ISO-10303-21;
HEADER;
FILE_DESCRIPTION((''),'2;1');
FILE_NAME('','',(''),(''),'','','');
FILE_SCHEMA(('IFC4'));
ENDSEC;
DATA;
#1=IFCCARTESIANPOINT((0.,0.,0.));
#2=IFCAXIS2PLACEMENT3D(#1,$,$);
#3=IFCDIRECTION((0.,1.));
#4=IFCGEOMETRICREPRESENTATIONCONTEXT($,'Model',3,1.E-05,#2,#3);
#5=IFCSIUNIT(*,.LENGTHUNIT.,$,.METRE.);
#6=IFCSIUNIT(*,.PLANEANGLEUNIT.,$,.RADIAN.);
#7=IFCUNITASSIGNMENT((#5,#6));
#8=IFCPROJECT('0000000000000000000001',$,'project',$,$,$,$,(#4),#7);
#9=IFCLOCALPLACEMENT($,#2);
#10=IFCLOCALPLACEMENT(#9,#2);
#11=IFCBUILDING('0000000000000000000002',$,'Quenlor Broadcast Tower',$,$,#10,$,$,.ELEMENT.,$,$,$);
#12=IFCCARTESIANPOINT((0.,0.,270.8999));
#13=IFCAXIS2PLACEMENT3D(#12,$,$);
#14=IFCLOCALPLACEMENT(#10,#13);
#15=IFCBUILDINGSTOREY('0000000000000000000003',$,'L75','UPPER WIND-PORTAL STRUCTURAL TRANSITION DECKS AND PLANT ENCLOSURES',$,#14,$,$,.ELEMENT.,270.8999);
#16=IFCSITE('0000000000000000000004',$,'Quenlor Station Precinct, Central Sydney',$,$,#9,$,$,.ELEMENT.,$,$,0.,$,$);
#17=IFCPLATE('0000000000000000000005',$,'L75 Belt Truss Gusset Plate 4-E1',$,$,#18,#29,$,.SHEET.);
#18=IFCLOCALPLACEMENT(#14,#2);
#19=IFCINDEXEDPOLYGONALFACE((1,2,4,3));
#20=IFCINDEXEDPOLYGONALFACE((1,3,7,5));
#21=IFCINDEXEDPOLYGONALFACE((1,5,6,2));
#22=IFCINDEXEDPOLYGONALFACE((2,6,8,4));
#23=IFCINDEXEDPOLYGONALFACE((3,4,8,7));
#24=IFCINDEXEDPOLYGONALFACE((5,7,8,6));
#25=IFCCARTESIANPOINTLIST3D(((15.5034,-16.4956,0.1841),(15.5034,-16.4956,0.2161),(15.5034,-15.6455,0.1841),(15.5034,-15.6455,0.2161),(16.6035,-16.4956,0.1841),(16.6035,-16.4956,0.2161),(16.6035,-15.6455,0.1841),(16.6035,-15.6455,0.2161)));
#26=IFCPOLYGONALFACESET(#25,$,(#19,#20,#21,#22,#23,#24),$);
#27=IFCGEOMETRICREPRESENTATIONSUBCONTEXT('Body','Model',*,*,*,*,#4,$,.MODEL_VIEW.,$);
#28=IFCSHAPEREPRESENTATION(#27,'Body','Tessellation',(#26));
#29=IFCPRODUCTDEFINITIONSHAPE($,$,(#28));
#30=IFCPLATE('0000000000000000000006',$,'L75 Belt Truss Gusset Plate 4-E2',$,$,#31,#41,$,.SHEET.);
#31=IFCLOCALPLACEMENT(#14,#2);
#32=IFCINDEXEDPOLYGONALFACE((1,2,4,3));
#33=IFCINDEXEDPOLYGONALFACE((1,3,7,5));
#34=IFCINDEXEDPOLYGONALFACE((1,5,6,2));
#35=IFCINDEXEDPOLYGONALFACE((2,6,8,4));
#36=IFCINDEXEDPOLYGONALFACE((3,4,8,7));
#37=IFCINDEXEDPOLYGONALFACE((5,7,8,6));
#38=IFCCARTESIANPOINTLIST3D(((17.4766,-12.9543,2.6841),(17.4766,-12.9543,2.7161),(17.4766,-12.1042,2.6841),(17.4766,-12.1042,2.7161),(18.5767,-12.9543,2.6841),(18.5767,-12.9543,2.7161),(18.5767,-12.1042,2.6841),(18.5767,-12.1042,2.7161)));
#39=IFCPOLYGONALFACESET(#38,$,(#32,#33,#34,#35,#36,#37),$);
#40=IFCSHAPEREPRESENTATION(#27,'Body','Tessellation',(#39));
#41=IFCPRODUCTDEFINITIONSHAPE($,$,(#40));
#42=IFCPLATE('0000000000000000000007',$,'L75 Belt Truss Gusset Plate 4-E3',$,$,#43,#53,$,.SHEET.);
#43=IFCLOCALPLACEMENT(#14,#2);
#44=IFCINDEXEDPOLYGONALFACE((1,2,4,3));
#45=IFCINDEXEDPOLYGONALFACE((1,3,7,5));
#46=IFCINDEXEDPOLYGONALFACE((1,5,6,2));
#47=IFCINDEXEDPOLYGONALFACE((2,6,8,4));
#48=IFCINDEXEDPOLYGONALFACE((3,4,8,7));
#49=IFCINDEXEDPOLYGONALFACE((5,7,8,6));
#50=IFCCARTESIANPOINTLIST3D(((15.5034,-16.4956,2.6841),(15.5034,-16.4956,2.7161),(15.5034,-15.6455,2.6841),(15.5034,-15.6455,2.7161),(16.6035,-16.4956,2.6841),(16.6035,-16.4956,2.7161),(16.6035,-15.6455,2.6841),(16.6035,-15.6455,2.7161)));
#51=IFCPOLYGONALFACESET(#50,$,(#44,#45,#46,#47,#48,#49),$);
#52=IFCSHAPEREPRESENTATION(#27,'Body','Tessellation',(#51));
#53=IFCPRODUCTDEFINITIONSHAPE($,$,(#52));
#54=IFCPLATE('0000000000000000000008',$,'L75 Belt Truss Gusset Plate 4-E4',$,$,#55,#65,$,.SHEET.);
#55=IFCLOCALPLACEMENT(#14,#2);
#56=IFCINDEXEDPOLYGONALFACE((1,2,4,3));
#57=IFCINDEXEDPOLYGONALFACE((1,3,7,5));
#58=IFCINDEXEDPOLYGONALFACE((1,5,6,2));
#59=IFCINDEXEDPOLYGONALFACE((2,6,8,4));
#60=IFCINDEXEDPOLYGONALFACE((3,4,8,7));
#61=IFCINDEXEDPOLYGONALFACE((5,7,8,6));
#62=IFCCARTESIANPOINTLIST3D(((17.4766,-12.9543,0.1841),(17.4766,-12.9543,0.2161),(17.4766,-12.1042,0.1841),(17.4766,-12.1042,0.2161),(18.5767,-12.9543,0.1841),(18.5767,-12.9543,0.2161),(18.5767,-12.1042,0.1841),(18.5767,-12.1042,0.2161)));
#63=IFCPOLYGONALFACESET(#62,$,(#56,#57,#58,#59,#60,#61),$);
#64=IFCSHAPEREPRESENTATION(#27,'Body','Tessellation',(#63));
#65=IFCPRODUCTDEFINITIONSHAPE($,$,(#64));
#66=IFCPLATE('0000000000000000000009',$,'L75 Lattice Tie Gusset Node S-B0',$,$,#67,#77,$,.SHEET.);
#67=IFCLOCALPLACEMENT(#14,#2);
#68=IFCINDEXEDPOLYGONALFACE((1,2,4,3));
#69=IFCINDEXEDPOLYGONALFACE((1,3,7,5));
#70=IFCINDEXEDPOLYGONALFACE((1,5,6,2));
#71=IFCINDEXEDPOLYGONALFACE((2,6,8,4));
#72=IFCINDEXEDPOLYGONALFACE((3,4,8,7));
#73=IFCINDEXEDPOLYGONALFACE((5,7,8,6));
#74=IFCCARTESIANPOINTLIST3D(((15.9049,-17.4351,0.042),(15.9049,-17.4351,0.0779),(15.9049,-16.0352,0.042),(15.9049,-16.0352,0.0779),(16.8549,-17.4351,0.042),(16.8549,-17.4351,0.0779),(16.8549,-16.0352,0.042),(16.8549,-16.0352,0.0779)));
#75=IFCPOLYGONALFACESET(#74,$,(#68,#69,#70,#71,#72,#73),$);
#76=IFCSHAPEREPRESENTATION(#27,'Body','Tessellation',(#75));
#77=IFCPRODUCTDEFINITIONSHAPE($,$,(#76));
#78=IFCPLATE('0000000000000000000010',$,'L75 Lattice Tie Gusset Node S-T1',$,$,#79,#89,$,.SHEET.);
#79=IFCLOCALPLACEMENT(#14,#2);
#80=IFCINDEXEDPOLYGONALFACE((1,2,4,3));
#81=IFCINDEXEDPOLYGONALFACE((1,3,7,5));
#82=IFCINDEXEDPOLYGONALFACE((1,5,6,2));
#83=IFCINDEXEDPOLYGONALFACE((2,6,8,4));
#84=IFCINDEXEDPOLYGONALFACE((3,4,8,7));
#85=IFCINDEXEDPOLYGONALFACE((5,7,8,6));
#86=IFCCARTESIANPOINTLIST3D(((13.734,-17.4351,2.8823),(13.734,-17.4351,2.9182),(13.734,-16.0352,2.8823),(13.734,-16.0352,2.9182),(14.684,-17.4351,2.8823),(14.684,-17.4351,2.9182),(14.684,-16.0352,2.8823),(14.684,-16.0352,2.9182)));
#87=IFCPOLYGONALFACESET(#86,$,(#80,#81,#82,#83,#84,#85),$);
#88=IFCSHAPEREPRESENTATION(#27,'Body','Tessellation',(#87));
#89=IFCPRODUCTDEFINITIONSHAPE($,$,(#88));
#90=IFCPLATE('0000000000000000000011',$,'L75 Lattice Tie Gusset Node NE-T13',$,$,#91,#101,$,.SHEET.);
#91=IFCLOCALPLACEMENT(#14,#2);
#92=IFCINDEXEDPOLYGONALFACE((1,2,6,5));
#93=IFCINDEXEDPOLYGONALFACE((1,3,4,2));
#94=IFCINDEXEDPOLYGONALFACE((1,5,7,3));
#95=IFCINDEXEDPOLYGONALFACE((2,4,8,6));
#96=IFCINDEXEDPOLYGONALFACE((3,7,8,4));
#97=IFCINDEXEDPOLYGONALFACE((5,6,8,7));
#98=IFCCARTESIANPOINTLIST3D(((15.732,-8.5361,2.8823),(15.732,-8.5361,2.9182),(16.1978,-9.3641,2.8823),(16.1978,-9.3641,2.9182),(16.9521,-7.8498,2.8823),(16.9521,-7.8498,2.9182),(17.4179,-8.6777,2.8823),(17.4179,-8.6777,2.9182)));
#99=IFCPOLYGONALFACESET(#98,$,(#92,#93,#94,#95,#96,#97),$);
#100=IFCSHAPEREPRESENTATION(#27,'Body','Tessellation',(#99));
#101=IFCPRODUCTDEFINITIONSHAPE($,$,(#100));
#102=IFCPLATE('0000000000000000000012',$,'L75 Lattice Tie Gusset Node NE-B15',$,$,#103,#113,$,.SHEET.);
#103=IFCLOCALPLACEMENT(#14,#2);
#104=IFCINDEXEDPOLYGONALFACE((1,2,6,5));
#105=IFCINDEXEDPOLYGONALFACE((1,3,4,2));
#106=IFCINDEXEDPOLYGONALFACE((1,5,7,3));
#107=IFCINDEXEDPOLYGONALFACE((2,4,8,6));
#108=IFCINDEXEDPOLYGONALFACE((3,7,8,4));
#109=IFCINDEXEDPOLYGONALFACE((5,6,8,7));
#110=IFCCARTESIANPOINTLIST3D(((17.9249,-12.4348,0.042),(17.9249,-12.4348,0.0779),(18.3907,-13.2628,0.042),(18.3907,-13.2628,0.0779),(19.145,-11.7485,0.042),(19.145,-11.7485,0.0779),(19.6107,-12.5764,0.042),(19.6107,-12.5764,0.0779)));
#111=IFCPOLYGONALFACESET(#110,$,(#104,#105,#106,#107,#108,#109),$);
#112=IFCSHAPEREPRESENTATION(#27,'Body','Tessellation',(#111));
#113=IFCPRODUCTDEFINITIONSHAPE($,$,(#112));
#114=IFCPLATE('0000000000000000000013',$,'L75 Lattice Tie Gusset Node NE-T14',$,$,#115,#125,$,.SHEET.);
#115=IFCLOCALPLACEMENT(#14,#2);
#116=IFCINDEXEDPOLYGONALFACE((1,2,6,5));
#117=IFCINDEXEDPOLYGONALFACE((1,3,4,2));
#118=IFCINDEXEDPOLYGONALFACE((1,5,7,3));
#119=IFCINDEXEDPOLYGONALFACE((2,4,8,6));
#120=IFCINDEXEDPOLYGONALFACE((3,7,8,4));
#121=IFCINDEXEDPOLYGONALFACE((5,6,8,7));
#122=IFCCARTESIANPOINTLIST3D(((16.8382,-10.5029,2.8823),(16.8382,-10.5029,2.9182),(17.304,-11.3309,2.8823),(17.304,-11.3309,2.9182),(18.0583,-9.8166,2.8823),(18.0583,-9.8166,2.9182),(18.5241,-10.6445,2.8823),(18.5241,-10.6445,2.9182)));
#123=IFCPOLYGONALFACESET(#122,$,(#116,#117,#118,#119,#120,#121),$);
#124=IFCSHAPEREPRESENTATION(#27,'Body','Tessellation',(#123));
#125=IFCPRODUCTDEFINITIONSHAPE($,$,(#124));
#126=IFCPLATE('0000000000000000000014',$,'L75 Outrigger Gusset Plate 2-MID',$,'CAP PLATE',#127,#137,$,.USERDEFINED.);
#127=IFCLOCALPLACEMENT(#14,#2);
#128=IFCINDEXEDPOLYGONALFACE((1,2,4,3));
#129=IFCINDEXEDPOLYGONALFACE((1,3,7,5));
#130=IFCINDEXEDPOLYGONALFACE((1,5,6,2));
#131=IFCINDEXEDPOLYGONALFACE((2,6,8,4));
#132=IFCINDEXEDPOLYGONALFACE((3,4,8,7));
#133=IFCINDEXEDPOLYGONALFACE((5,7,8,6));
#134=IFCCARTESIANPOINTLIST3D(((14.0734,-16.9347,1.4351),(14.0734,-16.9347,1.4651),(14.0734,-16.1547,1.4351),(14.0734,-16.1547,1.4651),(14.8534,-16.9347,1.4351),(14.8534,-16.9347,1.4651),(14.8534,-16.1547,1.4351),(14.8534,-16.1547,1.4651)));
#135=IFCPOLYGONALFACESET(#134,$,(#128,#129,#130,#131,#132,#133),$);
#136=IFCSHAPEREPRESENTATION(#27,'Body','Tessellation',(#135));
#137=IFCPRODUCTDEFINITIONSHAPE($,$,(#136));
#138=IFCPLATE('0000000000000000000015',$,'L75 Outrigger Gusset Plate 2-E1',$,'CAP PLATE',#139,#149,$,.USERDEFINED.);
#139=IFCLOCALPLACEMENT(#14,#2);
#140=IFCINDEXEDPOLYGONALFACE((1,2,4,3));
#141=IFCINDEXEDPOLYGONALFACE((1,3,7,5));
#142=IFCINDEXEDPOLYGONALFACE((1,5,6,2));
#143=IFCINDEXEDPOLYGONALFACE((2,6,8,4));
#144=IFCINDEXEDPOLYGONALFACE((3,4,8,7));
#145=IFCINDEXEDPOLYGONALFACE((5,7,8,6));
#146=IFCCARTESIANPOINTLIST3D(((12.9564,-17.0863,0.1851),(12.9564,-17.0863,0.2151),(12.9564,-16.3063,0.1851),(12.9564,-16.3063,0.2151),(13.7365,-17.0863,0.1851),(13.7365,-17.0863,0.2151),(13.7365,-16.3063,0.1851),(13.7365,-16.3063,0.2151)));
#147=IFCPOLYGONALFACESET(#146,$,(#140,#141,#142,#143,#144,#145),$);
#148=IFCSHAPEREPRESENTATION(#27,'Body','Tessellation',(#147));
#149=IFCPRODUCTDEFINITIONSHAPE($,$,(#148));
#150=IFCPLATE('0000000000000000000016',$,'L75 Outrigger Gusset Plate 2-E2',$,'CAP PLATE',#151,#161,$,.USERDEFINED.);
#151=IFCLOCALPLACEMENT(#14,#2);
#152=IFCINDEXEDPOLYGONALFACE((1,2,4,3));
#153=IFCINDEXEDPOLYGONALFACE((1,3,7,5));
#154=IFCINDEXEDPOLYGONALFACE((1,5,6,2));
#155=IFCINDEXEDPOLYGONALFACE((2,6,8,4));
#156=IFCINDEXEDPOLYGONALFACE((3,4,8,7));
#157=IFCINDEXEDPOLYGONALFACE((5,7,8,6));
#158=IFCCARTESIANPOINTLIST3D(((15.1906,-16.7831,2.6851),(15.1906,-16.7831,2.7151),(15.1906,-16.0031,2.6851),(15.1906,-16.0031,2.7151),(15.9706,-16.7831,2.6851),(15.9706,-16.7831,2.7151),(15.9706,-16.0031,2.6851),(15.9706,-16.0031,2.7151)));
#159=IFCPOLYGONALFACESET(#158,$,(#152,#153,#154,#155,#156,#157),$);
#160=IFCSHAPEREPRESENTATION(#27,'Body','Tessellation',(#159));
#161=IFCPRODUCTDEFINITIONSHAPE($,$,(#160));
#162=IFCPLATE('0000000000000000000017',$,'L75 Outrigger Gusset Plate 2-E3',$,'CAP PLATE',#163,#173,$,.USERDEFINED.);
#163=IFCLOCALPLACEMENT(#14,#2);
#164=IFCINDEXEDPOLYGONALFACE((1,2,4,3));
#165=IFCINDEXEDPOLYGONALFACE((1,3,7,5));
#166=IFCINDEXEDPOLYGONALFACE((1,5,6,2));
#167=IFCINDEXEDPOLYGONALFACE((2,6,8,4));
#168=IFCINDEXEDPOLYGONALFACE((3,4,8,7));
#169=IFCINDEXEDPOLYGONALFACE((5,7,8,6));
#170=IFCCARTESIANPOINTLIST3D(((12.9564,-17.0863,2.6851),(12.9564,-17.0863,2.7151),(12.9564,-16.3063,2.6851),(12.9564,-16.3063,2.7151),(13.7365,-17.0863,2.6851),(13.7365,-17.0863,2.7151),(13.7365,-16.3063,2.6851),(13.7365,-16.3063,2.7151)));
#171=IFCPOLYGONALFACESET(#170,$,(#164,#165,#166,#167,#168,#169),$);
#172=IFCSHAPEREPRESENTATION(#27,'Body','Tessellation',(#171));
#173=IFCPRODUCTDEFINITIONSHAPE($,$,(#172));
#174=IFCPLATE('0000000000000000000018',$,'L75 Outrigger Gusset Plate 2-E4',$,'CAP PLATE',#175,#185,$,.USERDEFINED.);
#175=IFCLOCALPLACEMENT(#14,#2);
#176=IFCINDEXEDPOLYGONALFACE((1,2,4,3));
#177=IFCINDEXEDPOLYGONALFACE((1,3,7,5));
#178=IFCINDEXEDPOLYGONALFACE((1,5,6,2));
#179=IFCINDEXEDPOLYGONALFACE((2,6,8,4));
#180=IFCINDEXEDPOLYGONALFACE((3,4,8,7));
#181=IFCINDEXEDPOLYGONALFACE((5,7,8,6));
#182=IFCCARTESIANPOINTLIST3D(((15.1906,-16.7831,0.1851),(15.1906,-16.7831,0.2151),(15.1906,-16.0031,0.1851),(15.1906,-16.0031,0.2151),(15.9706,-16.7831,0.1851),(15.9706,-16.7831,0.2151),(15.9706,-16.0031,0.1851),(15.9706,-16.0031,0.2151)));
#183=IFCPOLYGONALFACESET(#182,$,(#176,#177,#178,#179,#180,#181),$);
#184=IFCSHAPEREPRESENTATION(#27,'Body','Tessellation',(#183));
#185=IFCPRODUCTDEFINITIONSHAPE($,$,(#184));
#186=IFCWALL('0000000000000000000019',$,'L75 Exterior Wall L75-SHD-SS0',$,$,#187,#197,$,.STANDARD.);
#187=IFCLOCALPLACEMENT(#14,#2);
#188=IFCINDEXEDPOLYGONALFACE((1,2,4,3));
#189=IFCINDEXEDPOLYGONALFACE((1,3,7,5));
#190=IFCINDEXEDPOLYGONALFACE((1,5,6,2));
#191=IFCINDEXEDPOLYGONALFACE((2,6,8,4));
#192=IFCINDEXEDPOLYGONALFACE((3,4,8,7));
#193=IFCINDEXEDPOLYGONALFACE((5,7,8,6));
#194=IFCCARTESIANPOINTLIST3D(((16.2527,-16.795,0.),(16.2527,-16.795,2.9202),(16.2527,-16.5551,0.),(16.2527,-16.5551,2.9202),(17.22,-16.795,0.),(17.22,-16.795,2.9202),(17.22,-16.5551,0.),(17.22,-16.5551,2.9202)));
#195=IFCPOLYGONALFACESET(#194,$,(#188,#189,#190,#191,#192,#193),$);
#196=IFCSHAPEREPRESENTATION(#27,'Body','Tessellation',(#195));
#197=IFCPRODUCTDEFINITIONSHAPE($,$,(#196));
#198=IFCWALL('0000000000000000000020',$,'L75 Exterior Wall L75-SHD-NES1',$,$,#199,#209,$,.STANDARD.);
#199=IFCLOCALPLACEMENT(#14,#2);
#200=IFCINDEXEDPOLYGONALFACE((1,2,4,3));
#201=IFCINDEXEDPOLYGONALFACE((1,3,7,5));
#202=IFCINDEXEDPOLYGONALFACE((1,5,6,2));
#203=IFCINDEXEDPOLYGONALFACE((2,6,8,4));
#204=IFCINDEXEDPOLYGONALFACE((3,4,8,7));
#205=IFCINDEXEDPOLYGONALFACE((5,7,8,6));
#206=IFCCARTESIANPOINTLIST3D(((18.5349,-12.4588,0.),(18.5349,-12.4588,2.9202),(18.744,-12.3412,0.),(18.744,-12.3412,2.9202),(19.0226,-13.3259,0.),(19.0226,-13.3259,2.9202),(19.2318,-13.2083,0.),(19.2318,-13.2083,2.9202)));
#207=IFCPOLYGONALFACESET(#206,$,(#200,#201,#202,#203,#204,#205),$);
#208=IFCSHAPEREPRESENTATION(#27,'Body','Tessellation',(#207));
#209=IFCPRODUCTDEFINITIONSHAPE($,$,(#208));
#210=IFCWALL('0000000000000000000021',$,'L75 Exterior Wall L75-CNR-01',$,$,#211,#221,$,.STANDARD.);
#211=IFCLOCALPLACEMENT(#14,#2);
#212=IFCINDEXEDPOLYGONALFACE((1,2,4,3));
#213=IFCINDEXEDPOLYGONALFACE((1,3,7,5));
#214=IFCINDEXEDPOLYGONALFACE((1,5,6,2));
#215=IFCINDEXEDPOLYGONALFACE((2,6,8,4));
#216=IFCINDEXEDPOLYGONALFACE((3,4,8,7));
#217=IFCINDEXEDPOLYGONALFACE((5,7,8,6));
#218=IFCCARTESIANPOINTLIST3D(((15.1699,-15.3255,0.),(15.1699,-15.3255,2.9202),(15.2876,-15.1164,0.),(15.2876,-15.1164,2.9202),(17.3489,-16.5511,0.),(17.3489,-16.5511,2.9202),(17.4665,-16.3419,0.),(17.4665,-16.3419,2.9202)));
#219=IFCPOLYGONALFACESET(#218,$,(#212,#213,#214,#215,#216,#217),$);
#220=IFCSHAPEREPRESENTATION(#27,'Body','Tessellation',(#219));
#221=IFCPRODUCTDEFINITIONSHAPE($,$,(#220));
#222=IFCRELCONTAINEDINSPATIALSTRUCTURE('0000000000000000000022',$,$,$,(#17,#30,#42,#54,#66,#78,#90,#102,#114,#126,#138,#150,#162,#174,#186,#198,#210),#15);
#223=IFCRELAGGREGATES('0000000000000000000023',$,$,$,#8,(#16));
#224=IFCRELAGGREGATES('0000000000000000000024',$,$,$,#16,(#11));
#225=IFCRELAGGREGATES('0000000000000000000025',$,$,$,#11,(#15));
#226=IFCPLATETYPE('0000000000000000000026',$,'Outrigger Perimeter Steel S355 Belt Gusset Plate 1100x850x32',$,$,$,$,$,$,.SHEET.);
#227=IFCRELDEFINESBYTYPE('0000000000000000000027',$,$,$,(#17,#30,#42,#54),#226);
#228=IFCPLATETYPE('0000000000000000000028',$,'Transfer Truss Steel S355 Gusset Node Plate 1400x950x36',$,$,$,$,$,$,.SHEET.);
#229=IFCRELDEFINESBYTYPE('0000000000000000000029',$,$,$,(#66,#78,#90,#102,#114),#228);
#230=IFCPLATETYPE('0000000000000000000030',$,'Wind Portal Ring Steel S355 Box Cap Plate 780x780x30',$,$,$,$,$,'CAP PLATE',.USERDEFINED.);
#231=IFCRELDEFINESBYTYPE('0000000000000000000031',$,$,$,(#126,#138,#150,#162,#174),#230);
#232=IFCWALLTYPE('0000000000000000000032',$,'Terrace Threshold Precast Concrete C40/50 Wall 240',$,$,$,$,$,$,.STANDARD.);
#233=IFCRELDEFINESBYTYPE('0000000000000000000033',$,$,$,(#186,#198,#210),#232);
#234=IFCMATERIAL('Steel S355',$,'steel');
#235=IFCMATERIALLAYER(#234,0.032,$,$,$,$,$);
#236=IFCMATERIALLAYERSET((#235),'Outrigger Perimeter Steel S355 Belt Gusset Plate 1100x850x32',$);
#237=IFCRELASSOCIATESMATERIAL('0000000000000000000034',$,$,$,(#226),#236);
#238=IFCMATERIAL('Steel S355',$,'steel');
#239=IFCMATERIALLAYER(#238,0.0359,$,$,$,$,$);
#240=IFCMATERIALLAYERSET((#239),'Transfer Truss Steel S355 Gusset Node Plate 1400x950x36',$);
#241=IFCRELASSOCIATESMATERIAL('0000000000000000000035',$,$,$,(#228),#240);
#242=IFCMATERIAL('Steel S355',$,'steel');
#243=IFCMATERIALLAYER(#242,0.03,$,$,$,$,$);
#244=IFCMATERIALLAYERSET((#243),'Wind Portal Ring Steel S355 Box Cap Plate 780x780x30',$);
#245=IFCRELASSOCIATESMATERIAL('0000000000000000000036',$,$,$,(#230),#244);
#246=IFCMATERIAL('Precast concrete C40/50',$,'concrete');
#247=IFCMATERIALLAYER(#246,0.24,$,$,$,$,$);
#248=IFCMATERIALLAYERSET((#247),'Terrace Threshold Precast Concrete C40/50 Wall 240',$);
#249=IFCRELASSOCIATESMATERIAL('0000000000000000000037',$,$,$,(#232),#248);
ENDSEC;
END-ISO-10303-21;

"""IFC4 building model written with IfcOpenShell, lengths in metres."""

from ifc_helpers import new_model, si_unit, direction, frame, frame_2d, origin, origin_2d, place, context, subcontext, project, spatial, rectangle, extrude, material, layer, layer_set, type_object, element, save


model = new_model("IFC4")

# Units and contexts
model_context = context("Model", 3, precision=1e-05, world=origin(), true_north=direction((0.0, 1.0)))
body_context = subcontext(model_context, "Body", "Model", "MODEL_VIEW")
ifc_project = project(units=[si_unit("LENGTHUNIT", "METRE"), si_unit("PLANEANGLEUNIT", "RADIAN")], contexts=[model_context])

# Site, building, storey
site_placement = place(None, origin())
site = spatial("IfcSite", under=ifc_project, at=site_placement, Name="Quenlor Station Precinct, Central Sydney", CompositionType="ELEMENT", RefElevation=0.0)
building_placement = place(site_placement, origin())
building = spatial("IfcBuilding", under=site, at=building_placement, Name="Quenlor Broadcast Tower", CompositionType="ELEMENT")
storey_placement = place(building_placement, frame((0.0, 0.0, 270.8999)))
storey = spatial("IfcBuildingStorey", under=building, at=storey_placement, Name="L75", Description="UPPER WIND-PORTAL STRUCTURAL TRANSITION DECKS AND PLANT ENCLOSURES", CompositionType="ELEMENT", Elevation=270.8999)

# Plates
ifc_material_1 = material(Name="Steel S355", Category="steel")
ifc_layer_1 = layer(ifc_material_1, 0.032)
ifc_layer_set_1 = layer_set([ifc_layer_1], Name="Outrigger Perimeter Steel S355 Belt Gusset Plate 1100x850x32")
plate_type_1 = type_object("IfcPlateType", Name="Outrigger Perimeter Steel S355 Belt Gusset Plate 1100x850x32", PredefinedType="SHEET", material=ifc_layer_set_1)
for number, where, z_axis, x_axis, name in (
    (1, (16.0535, -16.0706, 0.1841), (0.0, 0.0, 1.0), (1.0, 0.0, 0.0), "L75 Belt Truss Gusset Plate 4-E1"),
    (2, (18.0266, -12.5293, 2.6841), (0.0, 0.0, 1.0), (1.0, 0.0, 0.0), "L75 Belt Truss Gusset Plate 4-E2"),
    (3, (16.0535, -16.0706, 2.6841), (0.0, 0.0, 1.0), (1.0, 0.0, 0.0), "L75 Belt Truss Gusset Plate 4-E3"),
    (4, (18.0266, -12.5293, 0.1841), (0.0, 0.0, 1.0), (1.0, 0.0, 0.0), "L75 Belt Truss Gusset Plate 4-E4"),
):
    element("IfcPlate", number, at=place(storey_placement, frame(where, z_axis=z_axis, x_axis=x_axis)), inside=storey, type_object=plate_type_1, Name=name, PredefinedType="SHEET", context=body_context, shape_type="SweptSolid", body=[
        extrude(rectangle(XDim=1.1001, YDim=0.8501, at=origin_2d()), origin(), (0.0, 0.0, 1.0), 0.032),
    ])
ifc_material_2 = material(Name="Steel S355", Category="steel")
ifc_layer_2 = layer(ifc_material_2, 0.0359)
ifc_layer_set_2 = layer_set([ifc_layer_2], Name="Transfer Truss Steel S355 Gusset Node Plate 1400x950x36")
plate_type_2 = type_object("IfcPlateType", Name="Transfer Truss Steel S355 Gusset Node Plate 1400x950x36", PredefinedType="SHEET", material=ifc_layer_set_2)
for number, where, z_axis, x_axis, name in (
    (5, (16.3799, -16.7351, 0.042), (0.0, 0.0, 1.0), (0.0, -1.0, 0.0), "L75 Lattice Tie Gusset Node S-B0"),
    (6, (14.209, -16.7351, 2.8823), (0.0, 0.0, 1.0), (0.0, -1.0, 0.0), "L75 Lattice Tie Gusset Node S-T1"),
    (7, (16.575, -8.6069, 2.8823), (0.0, 0.0, 1.0), (0.871556, 0.490295, 0.0), "L75 Lattice Tie Gusset Node NE-T13"),
    (8, (18.7678, -12.5056, 0.042), (0.0, 0.0, 1.0), (0.871556, 0.490295, 0.0), "L75 Lattice Tie Gusset Node NE-B15"),
    (9, (17.6812, -10.5737, 2.8823), (0.0, 0.0, 1.0), (0.871556, 0.490295, 0.0), "L75 Lattice Tie Gusset Node NE-T14"),
):
    element("IfcPlate", number, at=place(storey_placement, frame(where, z_axis=z_axis, x_axis=x_axis)), inside=storey, type_object=plate_type_2, Name=name, PredefinedType="SHEET", context=body_context, shape_type="SweptSolid", body=[
        extrude(rectangle(XDim=1.3999, YDim=0.95, at=origin_2d()), origin(), (0.0, 0.0, 1.0), 0.0359),
    ])
ifc_material_3 = material(Name="Steel S355", Category="steel")
ifc_layer_3 = layer(ifc_material_3, 0.03)
ifc_layer_set_3 = layer_set([ifc_layer_3], Name="Wind Portal Ring Steel S355 Box Cap Plate 780x780x30")
plate_type_3 = type_object("IfcPlateType", Name="Wind Portal Ring Steel S355 Box Cap Plate 780x780x30", ElementType="CAP PLATE", PredefinedType="USERDEFINED", material=ifc_layer_set_3)
for number, where, z_axis, x_axis, name in (
    (10, (14.4634, -16.5447, 1.4351), (0.0, 0.0, 1.0), (1.0, 0.0, 0.0), "L75 Outrigger Gusset Plate 2-MID"),
    (11, (13.3464, -16.6963, 0.1851), (0.0, 0.0, 1.0), (1.0, 0.0, 0.0), "L75 Outrigger Gusset Plate 2-E1"),
    (12, (15.5806, -16.3931, 2.6851), (0.0, 0.0, 1.0), (1.0, 0.0, 0.0), "L75 Outrigger Gusset Plate 2-E2"),
    (13, (13.3464, -16.6963, 2.6851), (0.0, 0.0, 1.0), (1.0, 0.0, 0.0), "L75 Outrigger Gusset Plate 2-E3"),
    (14, (15.5806, -16.3931, 0.1851), (0.0, 0.0, 1.0), (1.0, 0.0, 0.0), "L75 Outrigger Gusset Plate 2-E4"),
):
    element("IfcPlate", number, at=place(storey_placement, frame(where, z_axis=z_axis, x_axis=x_axis)), inside=storey, type_object=plate_type_3, Name=name, ObjectType="CAP PLATE", PredefinedType="USERDEFINED", context=body_context, shape_type="SweptSolid", body=[
        extrude(rectangle(XDim=0.78, YDim=0.78, at=origin_2d()), origin(), (0.0, 0.0, 1.0), 0.03),
    ])

# Walls
ifc_material_4 = material(Name="Precast concrete C40/50", Category="concrete")
ifc_layer_4 = layer(ifc_material_4, 0.24)
ifc_layer_set_4 = layer_set([ifc_layer_4], Name="Terrace Threshold Precast Concrete C40/50 Wall 240")
wall_type_1 = type_object("IfcWallType", Name="Terrace Threshold Precast Concrete C40/50 Wall 240", PredefinedType="STANDARD", material=ifc_layer_set_4)
wall_1_placement = place(storey_placement, frame((17.22, -16.675, 0.0), z_axis=(0.0, 0.0, 1.0), x_axis=(-1.0, 0.0, 0.0)))
element("IfcWall", 15, at=wall_1_placement, inside=storey, type_object=wall_type_1, Name="L75 Exterior Wall L75-SHD-SS0", PredefinedType="STANDARD", context=body_context, shape_type="SweptSolid", body=[
    extrude(rectangle(XDim=0.9673, YDim=0.24, at=frame_2d((0.4836, 0.0))), origin(), (0.0, 0.0, 1.0), 2.9202),
])
wall_2_placement = place(storey_placement, frame((18.6394, -12.3999, 0.0), z_axis=(0.0, 0.0, 1.0), x_axis=(0.490261, -0.871576, 0.0)))
element("IfcWall", 16, at=wall_2_placement, inside=storey, type_object=wall_type_1, Name="L75 Exterior Wall L75-SHD-NES1", PredefinedType="STANDARD", context=body_context, shape_type="SweptSolid", body=[
    extrude(rectangle(XDim=0.9949, YDim=0.24, at=frame_2d((0.4976, 0.0))), origin(), (0.0, 0.0, 1.0), 2.9202),
])
wall_3_placement = place(storey_placement, frame((17.4077, -16.4465, 0.0), z_axis=(0.0, 0.0, 1.0), x_axis=(-0.871589, 0.490238, 0.0)))
element("IfcWall", 17, at=wall_3_placement, inside=storey, type_object=wall_type_1, Name="L75 Exterior Wall L75-CNR-01", PredefinedType="STANDARD", context=body_context, shape_type="SweptSolid", body=[
    extrude(rectangle(XDim=2.5, YDim=0.24, at=frame_2d((1.25, 0.0))), origin(), (0.0, 0.0, 1.0), 2.9202),
])

save(model, "model.ifc")
